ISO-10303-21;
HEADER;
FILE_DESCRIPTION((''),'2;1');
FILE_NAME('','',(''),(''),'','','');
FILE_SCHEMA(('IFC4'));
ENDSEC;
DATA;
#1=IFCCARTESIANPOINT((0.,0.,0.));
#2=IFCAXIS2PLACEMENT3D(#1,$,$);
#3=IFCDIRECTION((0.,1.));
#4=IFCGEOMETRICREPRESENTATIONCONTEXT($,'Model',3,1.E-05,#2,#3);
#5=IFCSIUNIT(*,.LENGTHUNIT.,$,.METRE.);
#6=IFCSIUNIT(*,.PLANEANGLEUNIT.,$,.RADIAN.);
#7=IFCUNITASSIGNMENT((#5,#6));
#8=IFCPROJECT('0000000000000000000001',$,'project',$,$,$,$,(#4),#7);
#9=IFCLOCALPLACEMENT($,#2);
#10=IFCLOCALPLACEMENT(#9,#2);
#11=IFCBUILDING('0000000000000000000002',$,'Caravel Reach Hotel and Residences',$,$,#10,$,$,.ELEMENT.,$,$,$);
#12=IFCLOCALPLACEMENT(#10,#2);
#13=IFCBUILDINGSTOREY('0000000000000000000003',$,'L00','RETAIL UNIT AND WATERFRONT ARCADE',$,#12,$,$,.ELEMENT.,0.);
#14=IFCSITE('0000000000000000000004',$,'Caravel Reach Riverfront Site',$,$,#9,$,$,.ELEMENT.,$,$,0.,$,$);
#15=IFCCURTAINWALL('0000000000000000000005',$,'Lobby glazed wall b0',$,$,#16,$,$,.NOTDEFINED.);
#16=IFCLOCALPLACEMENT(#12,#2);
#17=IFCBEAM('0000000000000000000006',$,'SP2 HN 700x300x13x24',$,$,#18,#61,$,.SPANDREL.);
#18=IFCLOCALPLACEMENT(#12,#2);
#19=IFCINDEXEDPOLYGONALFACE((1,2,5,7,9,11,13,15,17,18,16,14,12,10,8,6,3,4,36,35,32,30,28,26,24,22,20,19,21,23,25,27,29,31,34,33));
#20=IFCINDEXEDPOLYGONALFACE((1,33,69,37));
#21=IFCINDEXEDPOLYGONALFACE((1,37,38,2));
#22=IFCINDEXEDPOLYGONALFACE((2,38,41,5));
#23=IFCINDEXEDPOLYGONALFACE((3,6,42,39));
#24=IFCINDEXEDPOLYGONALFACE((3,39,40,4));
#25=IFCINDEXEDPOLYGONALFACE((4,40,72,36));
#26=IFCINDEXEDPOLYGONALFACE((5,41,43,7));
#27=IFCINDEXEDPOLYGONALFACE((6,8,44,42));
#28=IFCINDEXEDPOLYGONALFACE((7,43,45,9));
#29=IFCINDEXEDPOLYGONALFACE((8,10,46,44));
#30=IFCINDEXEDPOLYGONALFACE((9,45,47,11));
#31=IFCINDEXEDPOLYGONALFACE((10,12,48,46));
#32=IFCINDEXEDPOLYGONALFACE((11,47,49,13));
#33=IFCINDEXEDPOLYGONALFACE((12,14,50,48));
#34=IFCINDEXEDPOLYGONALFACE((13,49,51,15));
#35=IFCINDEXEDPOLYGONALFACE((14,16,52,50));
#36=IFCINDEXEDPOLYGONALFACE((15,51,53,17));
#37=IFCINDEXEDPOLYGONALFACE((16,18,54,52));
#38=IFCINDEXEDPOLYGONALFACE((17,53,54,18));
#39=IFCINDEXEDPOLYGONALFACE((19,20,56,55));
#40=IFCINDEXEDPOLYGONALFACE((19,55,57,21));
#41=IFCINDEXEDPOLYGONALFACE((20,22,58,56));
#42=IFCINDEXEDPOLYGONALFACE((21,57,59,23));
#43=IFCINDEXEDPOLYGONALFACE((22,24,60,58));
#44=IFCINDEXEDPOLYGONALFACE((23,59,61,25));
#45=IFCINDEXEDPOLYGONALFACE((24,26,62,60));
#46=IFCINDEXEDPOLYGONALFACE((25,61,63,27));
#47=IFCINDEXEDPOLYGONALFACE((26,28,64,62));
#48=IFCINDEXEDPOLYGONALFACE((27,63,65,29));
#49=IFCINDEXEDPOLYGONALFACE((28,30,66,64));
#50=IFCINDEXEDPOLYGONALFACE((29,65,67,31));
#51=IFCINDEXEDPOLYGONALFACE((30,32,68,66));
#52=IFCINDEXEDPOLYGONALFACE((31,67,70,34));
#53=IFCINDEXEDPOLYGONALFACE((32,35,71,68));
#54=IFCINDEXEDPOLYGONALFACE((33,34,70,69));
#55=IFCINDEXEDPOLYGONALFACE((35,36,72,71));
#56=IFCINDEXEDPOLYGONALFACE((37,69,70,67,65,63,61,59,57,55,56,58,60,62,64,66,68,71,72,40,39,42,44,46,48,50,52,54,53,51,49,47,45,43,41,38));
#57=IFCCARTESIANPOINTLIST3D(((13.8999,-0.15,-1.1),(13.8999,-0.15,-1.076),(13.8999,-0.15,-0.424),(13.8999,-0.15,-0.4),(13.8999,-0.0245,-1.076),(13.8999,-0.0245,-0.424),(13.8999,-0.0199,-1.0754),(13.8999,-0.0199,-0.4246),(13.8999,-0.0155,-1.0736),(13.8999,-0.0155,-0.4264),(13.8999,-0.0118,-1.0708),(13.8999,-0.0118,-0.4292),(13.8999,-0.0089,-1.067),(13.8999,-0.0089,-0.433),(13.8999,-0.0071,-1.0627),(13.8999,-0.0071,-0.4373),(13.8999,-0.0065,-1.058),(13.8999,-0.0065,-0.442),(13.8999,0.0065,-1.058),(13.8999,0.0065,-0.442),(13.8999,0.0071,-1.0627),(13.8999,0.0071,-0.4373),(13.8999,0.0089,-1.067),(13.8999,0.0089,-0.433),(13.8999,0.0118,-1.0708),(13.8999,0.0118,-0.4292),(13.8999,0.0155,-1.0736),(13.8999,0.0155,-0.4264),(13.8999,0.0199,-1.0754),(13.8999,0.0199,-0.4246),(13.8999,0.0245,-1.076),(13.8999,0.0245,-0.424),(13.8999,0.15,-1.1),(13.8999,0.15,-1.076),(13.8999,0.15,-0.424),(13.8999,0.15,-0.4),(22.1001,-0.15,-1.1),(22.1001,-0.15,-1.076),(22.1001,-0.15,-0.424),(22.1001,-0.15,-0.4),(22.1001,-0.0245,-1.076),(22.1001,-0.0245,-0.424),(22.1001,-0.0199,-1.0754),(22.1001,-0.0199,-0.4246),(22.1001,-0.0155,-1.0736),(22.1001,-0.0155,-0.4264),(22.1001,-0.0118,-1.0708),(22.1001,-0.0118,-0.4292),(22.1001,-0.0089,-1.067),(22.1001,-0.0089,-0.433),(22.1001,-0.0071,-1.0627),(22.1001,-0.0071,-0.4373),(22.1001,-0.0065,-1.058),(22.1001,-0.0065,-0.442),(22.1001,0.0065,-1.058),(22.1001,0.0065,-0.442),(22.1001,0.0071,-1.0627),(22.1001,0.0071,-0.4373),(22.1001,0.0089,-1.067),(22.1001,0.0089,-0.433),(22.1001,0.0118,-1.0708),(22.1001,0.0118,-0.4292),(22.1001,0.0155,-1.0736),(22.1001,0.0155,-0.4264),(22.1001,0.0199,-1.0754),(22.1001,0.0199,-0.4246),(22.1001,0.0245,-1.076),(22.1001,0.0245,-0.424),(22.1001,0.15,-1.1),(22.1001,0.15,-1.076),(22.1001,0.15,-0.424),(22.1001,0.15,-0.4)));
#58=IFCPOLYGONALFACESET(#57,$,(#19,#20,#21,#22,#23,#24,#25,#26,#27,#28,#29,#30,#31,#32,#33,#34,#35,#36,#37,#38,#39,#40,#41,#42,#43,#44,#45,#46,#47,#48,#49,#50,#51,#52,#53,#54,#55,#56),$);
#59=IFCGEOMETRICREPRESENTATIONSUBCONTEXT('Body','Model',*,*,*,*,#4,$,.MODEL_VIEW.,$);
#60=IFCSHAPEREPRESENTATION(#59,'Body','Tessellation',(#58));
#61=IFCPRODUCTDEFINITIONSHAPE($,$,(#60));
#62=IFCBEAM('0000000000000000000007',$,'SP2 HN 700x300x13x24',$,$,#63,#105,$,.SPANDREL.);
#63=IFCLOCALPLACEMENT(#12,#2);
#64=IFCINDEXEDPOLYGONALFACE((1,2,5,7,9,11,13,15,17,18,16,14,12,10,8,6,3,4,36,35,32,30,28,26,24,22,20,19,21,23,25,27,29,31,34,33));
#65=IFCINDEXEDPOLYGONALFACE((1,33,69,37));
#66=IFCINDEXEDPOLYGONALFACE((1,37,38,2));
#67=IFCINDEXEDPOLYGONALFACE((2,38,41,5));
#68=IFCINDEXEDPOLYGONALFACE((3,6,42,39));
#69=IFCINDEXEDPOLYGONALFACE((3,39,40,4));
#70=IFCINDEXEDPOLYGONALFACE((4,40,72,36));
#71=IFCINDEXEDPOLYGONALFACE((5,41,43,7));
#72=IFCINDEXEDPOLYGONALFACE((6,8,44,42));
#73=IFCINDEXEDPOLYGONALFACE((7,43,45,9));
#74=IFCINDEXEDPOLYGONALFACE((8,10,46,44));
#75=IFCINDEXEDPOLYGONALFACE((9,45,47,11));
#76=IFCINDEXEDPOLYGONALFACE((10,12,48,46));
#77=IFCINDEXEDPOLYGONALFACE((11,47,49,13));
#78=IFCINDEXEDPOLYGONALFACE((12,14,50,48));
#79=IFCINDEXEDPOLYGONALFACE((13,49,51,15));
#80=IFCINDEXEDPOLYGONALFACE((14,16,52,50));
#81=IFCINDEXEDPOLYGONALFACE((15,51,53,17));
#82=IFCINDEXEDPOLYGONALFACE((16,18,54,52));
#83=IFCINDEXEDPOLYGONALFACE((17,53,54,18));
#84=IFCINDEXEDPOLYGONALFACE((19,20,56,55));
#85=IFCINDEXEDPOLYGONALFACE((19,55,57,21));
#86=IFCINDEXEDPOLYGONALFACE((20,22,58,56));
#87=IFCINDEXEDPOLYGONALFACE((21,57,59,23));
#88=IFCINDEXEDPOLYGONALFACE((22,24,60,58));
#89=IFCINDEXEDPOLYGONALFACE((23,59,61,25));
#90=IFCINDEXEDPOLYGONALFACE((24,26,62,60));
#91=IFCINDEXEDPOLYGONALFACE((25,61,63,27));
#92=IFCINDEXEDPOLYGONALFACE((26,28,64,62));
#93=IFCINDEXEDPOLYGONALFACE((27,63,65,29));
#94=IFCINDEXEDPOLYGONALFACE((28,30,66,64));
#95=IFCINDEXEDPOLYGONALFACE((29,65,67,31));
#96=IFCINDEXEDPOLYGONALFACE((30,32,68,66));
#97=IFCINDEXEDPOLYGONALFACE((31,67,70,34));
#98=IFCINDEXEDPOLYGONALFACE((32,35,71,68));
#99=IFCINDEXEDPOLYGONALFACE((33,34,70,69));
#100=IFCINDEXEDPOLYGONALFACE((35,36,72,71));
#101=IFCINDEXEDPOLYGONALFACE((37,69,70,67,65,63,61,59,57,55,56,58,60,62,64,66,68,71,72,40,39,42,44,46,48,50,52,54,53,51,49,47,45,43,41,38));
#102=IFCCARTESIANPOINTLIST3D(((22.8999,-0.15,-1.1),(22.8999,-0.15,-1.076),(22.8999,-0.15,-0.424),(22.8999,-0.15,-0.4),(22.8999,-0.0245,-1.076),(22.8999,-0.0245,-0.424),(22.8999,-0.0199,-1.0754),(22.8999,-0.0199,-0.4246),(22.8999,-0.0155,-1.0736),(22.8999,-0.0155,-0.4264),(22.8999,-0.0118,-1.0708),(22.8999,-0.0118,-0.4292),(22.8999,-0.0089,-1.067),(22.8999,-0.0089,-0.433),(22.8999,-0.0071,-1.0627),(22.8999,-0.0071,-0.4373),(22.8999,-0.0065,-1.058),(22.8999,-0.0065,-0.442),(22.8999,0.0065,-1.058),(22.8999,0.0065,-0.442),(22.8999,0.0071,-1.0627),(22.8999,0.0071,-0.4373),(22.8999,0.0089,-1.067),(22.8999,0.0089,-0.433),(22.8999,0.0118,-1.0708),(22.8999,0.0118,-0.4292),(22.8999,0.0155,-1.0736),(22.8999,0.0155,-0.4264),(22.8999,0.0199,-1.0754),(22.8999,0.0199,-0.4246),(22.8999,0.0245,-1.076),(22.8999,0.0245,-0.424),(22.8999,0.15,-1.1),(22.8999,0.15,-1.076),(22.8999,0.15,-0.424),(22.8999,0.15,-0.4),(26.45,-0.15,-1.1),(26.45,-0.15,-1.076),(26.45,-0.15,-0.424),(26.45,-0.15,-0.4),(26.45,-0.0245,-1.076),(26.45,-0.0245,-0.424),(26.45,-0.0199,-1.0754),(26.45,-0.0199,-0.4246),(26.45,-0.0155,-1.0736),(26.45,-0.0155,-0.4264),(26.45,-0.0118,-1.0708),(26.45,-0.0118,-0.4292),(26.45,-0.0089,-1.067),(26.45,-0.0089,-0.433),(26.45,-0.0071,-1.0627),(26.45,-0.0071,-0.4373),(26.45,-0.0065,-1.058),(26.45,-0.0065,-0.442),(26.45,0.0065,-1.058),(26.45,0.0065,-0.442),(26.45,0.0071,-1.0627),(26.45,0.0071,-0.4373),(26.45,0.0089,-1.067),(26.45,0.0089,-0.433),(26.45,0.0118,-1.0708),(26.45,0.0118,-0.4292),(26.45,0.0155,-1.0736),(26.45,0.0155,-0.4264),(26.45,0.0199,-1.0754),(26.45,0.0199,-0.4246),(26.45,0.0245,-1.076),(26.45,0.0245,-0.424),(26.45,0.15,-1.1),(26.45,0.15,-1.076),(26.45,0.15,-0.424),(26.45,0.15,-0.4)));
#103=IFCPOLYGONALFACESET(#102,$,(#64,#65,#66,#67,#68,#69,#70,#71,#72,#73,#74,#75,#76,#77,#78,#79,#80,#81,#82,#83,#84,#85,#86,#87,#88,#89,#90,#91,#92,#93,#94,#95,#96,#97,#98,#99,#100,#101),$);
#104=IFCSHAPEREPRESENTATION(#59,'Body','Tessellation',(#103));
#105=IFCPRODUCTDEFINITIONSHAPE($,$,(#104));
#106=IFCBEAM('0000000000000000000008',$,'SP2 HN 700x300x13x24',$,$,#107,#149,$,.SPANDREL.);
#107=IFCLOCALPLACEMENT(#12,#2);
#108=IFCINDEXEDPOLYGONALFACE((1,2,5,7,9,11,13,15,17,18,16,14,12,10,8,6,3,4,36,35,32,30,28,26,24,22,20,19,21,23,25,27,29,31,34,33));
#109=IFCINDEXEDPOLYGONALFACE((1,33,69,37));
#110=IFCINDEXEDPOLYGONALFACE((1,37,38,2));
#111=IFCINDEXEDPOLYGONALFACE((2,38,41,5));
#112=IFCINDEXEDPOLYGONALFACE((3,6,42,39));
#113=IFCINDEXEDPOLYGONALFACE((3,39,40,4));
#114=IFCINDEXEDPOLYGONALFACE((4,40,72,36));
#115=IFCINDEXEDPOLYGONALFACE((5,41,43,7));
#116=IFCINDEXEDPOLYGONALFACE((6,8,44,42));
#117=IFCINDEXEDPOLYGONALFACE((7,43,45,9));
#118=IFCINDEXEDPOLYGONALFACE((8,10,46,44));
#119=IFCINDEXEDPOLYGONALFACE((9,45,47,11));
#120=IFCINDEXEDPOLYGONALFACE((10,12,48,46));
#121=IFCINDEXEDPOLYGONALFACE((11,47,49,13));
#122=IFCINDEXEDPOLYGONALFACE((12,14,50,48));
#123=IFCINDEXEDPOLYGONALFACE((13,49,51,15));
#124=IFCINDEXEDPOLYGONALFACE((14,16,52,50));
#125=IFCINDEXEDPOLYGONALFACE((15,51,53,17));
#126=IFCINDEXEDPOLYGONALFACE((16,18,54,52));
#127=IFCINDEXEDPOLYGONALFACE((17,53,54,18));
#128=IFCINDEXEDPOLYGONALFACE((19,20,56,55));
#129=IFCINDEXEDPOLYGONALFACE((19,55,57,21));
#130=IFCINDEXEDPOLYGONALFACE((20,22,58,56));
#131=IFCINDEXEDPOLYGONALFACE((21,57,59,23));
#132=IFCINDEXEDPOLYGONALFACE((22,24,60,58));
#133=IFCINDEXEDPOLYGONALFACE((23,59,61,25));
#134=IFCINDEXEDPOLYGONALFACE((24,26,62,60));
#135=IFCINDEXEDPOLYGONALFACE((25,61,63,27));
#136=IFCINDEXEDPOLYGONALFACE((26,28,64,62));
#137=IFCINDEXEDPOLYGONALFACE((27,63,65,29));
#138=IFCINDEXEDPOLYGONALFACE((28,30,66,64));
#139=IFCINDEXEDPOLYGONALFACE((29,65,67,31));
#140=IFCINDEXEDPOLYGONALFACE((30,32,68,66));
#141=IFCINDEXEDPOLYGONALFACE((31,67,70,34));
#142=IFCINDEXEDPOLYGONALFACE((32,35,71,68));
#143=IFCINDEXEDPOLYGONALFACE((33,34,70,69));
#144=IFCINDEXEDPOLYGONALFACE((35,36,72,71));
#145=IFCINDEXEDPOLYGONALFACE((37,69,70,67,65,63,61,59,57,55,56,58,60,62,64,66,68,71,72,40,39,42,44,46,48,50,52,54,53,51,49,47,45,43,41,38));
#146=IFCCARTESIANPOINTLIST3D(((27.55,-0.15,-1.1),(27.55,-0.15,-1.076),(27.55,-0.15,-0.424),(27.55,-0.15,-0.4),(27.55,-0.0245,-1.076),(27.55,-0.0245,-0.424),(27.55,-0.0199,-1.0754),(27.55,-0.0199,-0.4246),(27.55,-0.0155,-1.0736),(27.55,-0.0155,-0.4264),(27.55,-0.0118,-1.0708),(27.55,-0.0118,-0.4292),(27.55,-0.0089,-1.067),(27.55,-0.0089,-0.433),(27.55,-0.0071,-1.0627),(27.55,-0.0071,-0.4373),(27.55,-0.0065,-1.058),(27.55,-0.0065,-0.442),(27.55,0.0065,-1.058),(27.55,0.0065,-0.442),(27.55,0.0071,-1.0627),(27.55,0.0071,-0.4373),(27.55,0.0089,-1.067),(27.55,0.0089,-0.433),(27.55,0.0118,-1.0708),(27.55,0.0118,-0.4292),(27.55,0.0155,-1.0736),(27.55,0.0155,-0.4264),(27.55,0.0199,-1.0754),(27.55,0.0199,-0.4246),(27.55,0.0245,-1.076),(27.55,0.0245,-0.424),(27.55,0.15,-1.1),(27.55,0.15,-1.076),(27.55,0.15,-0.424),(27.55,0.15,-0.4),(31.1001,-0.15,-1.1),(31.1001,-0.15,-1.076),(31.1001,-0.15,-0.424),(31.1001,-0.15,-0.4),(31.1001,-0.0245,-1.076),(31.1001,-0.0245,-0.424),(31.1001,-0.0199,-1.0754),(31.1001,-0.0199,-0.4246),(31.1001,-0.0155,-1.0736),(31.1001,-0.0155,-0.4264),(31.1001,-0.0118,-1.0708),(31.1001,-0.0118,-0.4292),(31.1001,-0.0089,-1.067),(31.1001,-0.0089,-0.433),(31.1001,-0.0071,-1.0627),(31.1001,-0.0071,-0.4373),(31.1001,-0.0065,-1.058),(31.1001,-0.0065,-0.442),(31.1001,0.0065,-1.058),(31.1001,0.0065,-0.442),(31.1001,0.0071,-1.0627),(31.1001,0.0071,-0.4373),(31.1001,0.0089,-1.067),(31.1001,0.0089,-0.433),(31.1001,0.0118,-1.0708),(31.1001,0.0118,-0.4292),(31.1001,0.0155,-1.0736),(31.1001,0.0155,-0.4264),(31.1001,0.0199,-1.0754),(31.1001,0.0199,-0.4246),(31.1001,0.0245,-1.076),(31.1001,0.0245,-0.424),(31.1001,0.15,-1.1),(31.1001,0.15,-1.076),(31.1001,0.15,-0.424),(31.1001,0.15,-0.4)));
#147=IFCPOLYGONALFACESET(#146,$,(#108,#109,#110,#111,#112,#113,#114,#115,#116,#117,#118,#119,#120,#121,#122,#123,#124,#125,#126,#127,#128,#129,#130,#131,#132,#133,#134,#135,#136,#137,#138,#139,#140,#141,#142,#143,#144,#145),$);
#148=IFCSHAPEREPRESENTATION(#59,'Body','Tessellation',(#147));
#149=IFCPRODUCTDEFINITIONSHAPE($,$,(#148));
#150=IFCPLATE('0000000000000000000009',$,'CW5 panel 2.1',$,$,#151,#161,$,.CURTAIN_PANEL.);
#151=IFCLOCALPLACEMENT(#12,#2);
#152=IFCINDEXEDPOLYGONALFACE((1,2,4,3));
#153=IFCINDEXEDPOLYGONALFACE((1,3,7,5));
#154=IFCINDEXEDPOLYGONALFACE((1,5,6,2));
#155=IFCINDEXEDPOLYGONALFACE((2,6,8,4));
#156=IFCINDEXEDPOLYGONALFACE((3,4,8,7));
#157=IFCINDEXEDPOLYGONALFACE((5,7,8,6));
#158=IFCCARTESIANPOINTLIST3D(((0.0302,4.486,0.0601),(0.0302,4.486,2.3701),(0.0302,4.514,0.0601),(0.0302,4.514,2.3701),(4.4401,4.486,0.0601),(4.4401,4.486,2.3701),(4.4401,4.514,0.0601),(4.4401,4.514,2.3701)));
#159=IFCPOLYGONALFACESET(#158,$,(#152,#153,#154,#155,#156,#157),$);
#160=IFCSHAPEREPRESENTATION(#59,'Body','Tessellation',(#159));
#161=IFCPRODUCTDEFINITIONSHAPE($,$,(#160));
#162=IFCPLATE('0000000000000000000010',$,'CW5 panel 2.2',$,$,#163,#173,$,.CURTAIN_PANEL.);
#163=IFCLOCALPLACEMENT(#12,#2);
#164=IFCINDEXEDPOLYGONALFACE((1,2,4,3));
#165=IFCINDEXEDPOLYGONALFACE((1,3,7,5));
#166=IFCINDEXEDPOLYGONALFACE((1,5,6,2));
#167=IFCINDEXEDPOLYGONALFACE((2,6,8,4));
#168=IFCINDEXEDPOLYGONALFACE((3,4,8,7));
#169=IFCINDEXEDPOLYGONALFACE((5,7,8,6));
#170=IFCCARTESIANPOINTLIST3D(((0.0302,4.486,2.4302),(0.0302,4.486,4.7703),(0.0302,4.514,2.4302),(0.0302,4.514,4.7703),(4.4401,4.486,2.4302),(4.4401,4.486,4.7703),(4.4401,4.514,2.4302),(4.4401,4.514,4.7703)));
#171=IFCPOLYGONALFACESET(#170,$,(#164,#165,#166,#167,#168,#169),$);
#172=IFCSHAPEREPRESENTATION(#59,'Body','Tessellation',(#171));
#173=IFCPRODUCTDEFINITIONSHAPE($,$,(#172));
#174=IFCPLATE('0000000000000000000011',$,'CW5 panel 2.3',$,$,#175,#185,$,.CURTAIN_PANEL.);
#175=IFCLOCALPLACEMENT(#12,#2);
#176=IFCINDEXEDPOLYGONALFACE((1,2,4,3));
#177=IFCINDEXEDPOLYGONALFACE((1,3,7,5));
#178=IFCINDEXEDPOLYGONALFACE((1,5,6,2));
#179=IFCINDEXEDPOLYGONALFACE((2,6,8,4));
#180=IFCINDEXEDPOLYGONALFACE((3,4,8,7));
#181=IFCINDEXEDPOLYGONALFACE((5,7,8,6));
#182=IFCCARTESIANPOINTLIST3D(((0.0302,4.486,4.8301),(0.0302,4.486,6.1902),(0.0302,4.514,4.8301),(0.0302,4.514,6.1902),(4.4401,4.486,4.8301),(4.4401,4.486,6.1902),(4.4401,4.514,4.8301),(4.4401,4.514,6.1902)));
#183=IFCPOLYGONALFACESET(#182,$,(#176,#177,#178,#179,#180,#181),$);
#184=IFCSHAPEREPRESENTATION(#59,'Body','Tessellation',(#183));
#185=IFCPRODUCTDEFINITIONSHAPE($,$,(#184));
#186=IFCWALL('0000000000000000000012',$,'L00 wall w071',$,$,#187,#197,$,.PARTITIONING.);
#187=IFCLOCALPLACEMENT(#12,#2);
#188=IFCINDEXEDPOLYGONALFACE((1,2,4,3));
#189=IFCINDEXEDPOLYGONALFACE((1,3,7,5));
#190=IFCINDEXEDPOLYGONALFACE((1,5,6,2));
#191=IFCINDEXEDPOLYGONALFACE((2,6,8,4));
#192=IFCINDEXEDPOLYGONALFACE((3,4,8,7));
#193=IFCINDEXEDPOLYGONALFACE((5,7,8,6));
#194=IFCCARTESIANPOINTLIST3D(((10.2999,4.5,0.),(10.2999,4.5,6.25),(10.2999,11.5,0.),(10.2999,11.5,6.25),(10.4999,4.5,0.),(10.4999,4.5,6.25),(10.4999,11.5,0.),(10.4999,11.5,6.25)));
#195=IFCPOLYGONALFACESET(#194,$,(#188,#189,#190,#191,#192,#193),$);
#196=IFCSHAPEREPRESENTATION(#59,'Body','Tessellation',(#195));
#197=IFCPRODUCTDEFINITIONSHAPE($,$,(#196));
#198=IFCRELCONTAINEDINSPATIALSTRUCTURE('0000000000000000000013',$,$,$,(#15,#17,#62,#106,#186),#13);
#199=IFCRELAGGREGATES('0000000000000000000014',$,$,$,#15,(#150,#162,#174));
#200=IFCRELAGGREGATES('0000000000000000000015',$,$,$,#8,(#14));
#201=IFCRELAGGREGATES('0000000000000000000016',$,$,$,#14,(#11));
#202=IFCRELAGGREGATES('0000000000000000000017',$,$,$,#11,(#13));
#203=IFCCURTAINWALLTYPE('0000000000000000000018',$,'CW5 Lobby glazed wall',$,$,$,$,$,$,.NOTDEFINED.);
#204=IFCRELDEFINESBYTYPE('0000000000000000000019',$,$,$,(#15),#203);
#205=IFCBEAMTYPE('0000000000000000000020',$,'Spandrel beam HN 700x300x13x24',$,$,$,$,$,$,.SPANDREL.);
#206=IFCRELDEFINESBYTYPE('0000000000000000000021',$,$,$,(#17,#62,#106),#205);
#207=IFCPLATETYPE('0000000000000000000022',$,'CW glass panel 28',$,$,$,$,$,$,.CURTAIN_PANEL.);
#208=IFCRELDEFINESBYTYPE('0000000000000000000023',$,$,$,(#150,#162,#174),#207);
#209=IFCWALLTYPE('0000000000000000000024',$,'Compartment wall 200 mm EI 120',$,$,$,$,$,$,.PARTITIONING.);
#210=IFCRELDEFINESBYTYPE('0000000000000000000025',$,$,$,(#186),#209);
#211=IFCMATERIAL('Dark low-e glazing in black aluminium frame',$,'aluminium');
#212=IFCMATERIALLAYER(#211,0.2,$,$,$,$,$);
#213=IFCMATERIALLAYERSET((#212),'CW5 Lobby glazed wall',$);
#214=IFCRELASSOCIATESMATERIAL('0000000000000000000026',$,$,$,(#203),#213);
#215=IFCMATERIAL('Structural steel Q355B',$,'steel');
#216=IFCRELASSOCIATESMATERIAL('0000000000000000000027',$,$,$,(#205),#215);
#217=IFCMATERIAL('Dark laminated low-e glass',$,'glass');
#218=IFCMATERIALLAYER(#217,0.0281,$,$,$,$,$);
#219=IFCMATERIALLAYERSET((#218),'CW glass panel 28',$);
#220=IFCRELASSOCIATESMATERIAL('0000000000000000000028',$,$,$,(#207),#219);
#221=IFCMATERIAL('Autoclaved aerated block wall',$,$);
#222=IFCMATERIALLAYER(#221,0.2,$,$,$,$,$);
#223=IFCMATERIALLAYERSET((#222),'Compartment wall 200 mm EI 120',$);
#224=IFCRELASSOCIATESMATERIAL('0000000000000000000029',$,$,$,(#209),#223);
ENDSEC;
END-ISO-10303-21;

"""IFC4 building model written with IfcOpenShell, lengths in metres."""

from ifc_helpers import new_model, si_unit, direction, frame, frame_2d, origin, origin_2d, place, context, subcontext, project, spatial, rectangle, i_section, extrude, material, layer, layer_set, material_profile, profile_set, type_object, element, aggregate, save


model = new_model("IFC4")

# Units and contexts
model_context = context("Model", 3, precision=1e-05, world=origin(), true_north=direction((0.0, 1.0)))
body_context = subcontext(model_context, "Body", "Model", "MODEL_VIEW")
ifc_project = project(units=[si_unit("LENGTHUNIT", "METRE"), si_unit("PLANEANGLEUNIT", "RADIAN")], contexts=[model_context])

# Site, building, storey
site_placement = place(None, origin())
site = spatial("IfcSite", under=ifc_project, at=site_placement, Name="Caravel Reach Riverfront Site", CompositionType="ELEMENT", RefElevation=0.0)
building_placement = place(site_placement, origin())
building = spatial("IfcBuilding", under=site, at=building_placement, Name="Caravel Reach Hotel and Residences", CompositionType="ELEMENT")
storey_placement = place(building_placement, origin())
storey = spatial("IfcBuildingStorey", under=building, at=storey_placement, Name="L00", Description="RETAIL UNIT AND WATERFRONT ARCADE", CompositionType="ELEMENT", Elevation=0.0)

# Curtain wall
ifc_material_1 = material(Name="Dark low-e glazing in black aluminium frame", Category="aluminium")
ifc_layer_1 = layer(ifc_material_1, 0.2)
ifc_layer_set_1 = layer_set([ifc_layer_1], Name="CW5 Lobby glazed wall")
curtain_wall_type = type_object("IfcCurtainWallType", Name="CW5 Lobby glazed wall", PredefinedType="NOTDEFINED", material=ifc_layer_set_1)
curtain_wall_placement = place(storey_placement, origin())
curtain_wall = element("IfcCurtainWall", 1, at=curtain_wall_placement, inside=storey, type_object=curtain_wall_type, Name="Lobby glazed wall b0", PredefinedType="NOTDEFINED")

# Beams
ifc_material_2 = material(Name="Structural steel Q355B", Category="steel")
ifc_material_profile_1 = material_profile(ifc_material_2, i_section(OverallWidth=0.3, OverallDepth=0.7, WebThickness=0.0129, FlangeThickness=0.0239, FilletRadius=0.0181, at=origin_2d()), Name="HN 700x300x13x24")
ifc_profile_set_1 = profile_set([ifc_material_profile_1], Name="Structural steel Q355B")
beam_type = type_object("IfcBeamType", Name="Spandrel beam HN 700x300x13x24", PredefinedType="SPANDREL", material=ifc_profile_set_1)
for number, where, z_axis, x_axis, name in (
    (2, (13.8999, 0.0, -0.75), (1.0, 0.0, 0.0), (0.0, 1.0, 0.0), "SP2 HN 700x300x13x24"),
):
    element("IfcBeam", number, at=place(storey_placement, frame(where, z_axis=z_axis, x_axis=x_axis)), inside=storey, type_object=beam_type, Name=name, PredefinedType="SPANDREL", context=body_context, shape_type="SweptSolid", body=[
        extrude(i_section(OverallWidth=0.3, OverallDepth=0.7, WebThickness=0.0129, FlangeThickness=0.0239, FilletRadius=0.0181, at=origin_2d()), origin(), (0.0, 0.0, 1.0), 8.2002),
    ])
for number, where, z_axis, x_axis, name in (
    (3, (22.8999, 0.0, -0.75), (1.0, 0.0, 0.0), (0.0, 1.0, 0.0), "SP2 HN 700x300x13x24"),
    (4, (27.55, 0.0, -0.75), (1.0, 0.0, 0.0), (0.0, 1.0, 0.0), "SP2 HN 700x300x13x24"),
):
    element("IfcBeam", number, at=place(storey_placement, frame(where, z_axis=z_axis, x_axis=x_axis)), inside=storey, type_object=beam_type, Name=name, PredefinedType="SPANDREL", context=body_context, shape_type="SweptSolid", body=[
        extrude(i_section(OverallWidth=0.3, OverallDepth=0.7, WebThickness=0.0129, FlangeThickness=0.0239, FilletRadius=0.0181, at=origin_2d()), origin(), (0.0, 0.0, 1.0), 3.55),
    ])

# Plates
ifc_material_3 = material(Name="Dark laminated low-e glass", Category="glass")
ifc_layer_2 = layer(ifc_material_3, 0.0281)
ifc_layer_set_2 = layer_set([ifc_layer_2], Name="CW glass panel 28")
plate_type = type_object("IfcPlateType", Name="CW glass panel 28", PredefinedType="CURTAIN_PANEL", material=ifc_layer_set_2)
plate_1_placement = place(storey_placement, frame((2.2351, 4.5, 0.0601), z_axis=(0.0, 0.0, 1.0), x_axis=(1.0, 0.0, 0.0)))
plate_1 = element("IfcPlate", 5, at=plate_1_placement, type_object=plate_type, Name="CW5 panel 2.1", PredefinedType="CURTAIN_PANEL", context=body_context, shape_type="SweptSolid", body=[
    extrude(rectangle(XDim=4.4099, YDim=0.0281, at=origin_2d()), origin(), (0.0, 0.0, 1.0), 2.3101),
])
plate_2_placement = place(storey_placement, frame((2.2351, 4.5, 2.4302), z_axis=(0.0, 0.0, 1.0), x_axis=(1.0, 0.0, 0.0)))
plate_2 = element("IfcPlate", 6, at=plate_2_placement, type_object=plate_type, Name="CW5 panel 2.2", PredefinedType="CURTAIN_PANEL", context=body_context, shape_type="SweptSolid", body=[
    extrude(rectangle(XDim=4.4099, YDim=0.0281, at=origin_2d()), origin(), (0.0, 0.0, 1.0), 2.3401),
])
plate_3_placement = place(storey_placement, frame((2.2351, 4.5, 4.8301), z_axis=(0.0, 0.0, 1.0), x_axis=(1.0, 0.0, 0.0)))
plate_3 = element("IfcPlate", 7, at=plate_3_placement, type_object=plate_type, Name="CW5 panel 2.3", PredefinedType="CURTAIN_PANEL", context=body_context, shape_type="SweptSolid", body=[
    extrude(rectangle(XDim=4.4099, YDim=0.0281, at=origin_2d()), origin(), (0.0, 0.0, 1.0), 1.3601),
])
aggregate(curtain_wall, [plate_1, plate_2, plate_3])

# Wall
ifc_material_4 = material(Name="Autoclaved aerated block wall")
ifc_layer_3 = layer(ifc_material_4, 0.2)
ifc_layer_set_3 = layer_set([ifc_layer_3], Name="Compartment wall 200 mm EI 120")
wall_type_1 = type_object("IfcWallType", Name="Compartment wall 200 mm EI 120", PredefinedType="PARTITIONING", material=ifc_layer_set_3)
for number, where, z_axis, x_axis, name in (
    (8, (10.3999, 4.5, 0.0), (0.0, 0.0, 1.0), (0.0, 1.0, 0.0), "L00 wall w071"),
):
    element("IfcWall", number, at=place(storey_placement, frame(where, z_axis=z_axis, x_axis=x_axis)), inside=storey, type_object=wall_type_1, Name=name, PredefinedType="PARTITIONING", context=body_context, shape_type="SweptSolid", body=[
        extrude(rectangle(XDim=7.0, YDim=0.2, at=frame_2d((3.5, 0.0))), origin(), (0.0, 0.0, 1.0), 6.25),
    ])

save(model, "model.ifc")
